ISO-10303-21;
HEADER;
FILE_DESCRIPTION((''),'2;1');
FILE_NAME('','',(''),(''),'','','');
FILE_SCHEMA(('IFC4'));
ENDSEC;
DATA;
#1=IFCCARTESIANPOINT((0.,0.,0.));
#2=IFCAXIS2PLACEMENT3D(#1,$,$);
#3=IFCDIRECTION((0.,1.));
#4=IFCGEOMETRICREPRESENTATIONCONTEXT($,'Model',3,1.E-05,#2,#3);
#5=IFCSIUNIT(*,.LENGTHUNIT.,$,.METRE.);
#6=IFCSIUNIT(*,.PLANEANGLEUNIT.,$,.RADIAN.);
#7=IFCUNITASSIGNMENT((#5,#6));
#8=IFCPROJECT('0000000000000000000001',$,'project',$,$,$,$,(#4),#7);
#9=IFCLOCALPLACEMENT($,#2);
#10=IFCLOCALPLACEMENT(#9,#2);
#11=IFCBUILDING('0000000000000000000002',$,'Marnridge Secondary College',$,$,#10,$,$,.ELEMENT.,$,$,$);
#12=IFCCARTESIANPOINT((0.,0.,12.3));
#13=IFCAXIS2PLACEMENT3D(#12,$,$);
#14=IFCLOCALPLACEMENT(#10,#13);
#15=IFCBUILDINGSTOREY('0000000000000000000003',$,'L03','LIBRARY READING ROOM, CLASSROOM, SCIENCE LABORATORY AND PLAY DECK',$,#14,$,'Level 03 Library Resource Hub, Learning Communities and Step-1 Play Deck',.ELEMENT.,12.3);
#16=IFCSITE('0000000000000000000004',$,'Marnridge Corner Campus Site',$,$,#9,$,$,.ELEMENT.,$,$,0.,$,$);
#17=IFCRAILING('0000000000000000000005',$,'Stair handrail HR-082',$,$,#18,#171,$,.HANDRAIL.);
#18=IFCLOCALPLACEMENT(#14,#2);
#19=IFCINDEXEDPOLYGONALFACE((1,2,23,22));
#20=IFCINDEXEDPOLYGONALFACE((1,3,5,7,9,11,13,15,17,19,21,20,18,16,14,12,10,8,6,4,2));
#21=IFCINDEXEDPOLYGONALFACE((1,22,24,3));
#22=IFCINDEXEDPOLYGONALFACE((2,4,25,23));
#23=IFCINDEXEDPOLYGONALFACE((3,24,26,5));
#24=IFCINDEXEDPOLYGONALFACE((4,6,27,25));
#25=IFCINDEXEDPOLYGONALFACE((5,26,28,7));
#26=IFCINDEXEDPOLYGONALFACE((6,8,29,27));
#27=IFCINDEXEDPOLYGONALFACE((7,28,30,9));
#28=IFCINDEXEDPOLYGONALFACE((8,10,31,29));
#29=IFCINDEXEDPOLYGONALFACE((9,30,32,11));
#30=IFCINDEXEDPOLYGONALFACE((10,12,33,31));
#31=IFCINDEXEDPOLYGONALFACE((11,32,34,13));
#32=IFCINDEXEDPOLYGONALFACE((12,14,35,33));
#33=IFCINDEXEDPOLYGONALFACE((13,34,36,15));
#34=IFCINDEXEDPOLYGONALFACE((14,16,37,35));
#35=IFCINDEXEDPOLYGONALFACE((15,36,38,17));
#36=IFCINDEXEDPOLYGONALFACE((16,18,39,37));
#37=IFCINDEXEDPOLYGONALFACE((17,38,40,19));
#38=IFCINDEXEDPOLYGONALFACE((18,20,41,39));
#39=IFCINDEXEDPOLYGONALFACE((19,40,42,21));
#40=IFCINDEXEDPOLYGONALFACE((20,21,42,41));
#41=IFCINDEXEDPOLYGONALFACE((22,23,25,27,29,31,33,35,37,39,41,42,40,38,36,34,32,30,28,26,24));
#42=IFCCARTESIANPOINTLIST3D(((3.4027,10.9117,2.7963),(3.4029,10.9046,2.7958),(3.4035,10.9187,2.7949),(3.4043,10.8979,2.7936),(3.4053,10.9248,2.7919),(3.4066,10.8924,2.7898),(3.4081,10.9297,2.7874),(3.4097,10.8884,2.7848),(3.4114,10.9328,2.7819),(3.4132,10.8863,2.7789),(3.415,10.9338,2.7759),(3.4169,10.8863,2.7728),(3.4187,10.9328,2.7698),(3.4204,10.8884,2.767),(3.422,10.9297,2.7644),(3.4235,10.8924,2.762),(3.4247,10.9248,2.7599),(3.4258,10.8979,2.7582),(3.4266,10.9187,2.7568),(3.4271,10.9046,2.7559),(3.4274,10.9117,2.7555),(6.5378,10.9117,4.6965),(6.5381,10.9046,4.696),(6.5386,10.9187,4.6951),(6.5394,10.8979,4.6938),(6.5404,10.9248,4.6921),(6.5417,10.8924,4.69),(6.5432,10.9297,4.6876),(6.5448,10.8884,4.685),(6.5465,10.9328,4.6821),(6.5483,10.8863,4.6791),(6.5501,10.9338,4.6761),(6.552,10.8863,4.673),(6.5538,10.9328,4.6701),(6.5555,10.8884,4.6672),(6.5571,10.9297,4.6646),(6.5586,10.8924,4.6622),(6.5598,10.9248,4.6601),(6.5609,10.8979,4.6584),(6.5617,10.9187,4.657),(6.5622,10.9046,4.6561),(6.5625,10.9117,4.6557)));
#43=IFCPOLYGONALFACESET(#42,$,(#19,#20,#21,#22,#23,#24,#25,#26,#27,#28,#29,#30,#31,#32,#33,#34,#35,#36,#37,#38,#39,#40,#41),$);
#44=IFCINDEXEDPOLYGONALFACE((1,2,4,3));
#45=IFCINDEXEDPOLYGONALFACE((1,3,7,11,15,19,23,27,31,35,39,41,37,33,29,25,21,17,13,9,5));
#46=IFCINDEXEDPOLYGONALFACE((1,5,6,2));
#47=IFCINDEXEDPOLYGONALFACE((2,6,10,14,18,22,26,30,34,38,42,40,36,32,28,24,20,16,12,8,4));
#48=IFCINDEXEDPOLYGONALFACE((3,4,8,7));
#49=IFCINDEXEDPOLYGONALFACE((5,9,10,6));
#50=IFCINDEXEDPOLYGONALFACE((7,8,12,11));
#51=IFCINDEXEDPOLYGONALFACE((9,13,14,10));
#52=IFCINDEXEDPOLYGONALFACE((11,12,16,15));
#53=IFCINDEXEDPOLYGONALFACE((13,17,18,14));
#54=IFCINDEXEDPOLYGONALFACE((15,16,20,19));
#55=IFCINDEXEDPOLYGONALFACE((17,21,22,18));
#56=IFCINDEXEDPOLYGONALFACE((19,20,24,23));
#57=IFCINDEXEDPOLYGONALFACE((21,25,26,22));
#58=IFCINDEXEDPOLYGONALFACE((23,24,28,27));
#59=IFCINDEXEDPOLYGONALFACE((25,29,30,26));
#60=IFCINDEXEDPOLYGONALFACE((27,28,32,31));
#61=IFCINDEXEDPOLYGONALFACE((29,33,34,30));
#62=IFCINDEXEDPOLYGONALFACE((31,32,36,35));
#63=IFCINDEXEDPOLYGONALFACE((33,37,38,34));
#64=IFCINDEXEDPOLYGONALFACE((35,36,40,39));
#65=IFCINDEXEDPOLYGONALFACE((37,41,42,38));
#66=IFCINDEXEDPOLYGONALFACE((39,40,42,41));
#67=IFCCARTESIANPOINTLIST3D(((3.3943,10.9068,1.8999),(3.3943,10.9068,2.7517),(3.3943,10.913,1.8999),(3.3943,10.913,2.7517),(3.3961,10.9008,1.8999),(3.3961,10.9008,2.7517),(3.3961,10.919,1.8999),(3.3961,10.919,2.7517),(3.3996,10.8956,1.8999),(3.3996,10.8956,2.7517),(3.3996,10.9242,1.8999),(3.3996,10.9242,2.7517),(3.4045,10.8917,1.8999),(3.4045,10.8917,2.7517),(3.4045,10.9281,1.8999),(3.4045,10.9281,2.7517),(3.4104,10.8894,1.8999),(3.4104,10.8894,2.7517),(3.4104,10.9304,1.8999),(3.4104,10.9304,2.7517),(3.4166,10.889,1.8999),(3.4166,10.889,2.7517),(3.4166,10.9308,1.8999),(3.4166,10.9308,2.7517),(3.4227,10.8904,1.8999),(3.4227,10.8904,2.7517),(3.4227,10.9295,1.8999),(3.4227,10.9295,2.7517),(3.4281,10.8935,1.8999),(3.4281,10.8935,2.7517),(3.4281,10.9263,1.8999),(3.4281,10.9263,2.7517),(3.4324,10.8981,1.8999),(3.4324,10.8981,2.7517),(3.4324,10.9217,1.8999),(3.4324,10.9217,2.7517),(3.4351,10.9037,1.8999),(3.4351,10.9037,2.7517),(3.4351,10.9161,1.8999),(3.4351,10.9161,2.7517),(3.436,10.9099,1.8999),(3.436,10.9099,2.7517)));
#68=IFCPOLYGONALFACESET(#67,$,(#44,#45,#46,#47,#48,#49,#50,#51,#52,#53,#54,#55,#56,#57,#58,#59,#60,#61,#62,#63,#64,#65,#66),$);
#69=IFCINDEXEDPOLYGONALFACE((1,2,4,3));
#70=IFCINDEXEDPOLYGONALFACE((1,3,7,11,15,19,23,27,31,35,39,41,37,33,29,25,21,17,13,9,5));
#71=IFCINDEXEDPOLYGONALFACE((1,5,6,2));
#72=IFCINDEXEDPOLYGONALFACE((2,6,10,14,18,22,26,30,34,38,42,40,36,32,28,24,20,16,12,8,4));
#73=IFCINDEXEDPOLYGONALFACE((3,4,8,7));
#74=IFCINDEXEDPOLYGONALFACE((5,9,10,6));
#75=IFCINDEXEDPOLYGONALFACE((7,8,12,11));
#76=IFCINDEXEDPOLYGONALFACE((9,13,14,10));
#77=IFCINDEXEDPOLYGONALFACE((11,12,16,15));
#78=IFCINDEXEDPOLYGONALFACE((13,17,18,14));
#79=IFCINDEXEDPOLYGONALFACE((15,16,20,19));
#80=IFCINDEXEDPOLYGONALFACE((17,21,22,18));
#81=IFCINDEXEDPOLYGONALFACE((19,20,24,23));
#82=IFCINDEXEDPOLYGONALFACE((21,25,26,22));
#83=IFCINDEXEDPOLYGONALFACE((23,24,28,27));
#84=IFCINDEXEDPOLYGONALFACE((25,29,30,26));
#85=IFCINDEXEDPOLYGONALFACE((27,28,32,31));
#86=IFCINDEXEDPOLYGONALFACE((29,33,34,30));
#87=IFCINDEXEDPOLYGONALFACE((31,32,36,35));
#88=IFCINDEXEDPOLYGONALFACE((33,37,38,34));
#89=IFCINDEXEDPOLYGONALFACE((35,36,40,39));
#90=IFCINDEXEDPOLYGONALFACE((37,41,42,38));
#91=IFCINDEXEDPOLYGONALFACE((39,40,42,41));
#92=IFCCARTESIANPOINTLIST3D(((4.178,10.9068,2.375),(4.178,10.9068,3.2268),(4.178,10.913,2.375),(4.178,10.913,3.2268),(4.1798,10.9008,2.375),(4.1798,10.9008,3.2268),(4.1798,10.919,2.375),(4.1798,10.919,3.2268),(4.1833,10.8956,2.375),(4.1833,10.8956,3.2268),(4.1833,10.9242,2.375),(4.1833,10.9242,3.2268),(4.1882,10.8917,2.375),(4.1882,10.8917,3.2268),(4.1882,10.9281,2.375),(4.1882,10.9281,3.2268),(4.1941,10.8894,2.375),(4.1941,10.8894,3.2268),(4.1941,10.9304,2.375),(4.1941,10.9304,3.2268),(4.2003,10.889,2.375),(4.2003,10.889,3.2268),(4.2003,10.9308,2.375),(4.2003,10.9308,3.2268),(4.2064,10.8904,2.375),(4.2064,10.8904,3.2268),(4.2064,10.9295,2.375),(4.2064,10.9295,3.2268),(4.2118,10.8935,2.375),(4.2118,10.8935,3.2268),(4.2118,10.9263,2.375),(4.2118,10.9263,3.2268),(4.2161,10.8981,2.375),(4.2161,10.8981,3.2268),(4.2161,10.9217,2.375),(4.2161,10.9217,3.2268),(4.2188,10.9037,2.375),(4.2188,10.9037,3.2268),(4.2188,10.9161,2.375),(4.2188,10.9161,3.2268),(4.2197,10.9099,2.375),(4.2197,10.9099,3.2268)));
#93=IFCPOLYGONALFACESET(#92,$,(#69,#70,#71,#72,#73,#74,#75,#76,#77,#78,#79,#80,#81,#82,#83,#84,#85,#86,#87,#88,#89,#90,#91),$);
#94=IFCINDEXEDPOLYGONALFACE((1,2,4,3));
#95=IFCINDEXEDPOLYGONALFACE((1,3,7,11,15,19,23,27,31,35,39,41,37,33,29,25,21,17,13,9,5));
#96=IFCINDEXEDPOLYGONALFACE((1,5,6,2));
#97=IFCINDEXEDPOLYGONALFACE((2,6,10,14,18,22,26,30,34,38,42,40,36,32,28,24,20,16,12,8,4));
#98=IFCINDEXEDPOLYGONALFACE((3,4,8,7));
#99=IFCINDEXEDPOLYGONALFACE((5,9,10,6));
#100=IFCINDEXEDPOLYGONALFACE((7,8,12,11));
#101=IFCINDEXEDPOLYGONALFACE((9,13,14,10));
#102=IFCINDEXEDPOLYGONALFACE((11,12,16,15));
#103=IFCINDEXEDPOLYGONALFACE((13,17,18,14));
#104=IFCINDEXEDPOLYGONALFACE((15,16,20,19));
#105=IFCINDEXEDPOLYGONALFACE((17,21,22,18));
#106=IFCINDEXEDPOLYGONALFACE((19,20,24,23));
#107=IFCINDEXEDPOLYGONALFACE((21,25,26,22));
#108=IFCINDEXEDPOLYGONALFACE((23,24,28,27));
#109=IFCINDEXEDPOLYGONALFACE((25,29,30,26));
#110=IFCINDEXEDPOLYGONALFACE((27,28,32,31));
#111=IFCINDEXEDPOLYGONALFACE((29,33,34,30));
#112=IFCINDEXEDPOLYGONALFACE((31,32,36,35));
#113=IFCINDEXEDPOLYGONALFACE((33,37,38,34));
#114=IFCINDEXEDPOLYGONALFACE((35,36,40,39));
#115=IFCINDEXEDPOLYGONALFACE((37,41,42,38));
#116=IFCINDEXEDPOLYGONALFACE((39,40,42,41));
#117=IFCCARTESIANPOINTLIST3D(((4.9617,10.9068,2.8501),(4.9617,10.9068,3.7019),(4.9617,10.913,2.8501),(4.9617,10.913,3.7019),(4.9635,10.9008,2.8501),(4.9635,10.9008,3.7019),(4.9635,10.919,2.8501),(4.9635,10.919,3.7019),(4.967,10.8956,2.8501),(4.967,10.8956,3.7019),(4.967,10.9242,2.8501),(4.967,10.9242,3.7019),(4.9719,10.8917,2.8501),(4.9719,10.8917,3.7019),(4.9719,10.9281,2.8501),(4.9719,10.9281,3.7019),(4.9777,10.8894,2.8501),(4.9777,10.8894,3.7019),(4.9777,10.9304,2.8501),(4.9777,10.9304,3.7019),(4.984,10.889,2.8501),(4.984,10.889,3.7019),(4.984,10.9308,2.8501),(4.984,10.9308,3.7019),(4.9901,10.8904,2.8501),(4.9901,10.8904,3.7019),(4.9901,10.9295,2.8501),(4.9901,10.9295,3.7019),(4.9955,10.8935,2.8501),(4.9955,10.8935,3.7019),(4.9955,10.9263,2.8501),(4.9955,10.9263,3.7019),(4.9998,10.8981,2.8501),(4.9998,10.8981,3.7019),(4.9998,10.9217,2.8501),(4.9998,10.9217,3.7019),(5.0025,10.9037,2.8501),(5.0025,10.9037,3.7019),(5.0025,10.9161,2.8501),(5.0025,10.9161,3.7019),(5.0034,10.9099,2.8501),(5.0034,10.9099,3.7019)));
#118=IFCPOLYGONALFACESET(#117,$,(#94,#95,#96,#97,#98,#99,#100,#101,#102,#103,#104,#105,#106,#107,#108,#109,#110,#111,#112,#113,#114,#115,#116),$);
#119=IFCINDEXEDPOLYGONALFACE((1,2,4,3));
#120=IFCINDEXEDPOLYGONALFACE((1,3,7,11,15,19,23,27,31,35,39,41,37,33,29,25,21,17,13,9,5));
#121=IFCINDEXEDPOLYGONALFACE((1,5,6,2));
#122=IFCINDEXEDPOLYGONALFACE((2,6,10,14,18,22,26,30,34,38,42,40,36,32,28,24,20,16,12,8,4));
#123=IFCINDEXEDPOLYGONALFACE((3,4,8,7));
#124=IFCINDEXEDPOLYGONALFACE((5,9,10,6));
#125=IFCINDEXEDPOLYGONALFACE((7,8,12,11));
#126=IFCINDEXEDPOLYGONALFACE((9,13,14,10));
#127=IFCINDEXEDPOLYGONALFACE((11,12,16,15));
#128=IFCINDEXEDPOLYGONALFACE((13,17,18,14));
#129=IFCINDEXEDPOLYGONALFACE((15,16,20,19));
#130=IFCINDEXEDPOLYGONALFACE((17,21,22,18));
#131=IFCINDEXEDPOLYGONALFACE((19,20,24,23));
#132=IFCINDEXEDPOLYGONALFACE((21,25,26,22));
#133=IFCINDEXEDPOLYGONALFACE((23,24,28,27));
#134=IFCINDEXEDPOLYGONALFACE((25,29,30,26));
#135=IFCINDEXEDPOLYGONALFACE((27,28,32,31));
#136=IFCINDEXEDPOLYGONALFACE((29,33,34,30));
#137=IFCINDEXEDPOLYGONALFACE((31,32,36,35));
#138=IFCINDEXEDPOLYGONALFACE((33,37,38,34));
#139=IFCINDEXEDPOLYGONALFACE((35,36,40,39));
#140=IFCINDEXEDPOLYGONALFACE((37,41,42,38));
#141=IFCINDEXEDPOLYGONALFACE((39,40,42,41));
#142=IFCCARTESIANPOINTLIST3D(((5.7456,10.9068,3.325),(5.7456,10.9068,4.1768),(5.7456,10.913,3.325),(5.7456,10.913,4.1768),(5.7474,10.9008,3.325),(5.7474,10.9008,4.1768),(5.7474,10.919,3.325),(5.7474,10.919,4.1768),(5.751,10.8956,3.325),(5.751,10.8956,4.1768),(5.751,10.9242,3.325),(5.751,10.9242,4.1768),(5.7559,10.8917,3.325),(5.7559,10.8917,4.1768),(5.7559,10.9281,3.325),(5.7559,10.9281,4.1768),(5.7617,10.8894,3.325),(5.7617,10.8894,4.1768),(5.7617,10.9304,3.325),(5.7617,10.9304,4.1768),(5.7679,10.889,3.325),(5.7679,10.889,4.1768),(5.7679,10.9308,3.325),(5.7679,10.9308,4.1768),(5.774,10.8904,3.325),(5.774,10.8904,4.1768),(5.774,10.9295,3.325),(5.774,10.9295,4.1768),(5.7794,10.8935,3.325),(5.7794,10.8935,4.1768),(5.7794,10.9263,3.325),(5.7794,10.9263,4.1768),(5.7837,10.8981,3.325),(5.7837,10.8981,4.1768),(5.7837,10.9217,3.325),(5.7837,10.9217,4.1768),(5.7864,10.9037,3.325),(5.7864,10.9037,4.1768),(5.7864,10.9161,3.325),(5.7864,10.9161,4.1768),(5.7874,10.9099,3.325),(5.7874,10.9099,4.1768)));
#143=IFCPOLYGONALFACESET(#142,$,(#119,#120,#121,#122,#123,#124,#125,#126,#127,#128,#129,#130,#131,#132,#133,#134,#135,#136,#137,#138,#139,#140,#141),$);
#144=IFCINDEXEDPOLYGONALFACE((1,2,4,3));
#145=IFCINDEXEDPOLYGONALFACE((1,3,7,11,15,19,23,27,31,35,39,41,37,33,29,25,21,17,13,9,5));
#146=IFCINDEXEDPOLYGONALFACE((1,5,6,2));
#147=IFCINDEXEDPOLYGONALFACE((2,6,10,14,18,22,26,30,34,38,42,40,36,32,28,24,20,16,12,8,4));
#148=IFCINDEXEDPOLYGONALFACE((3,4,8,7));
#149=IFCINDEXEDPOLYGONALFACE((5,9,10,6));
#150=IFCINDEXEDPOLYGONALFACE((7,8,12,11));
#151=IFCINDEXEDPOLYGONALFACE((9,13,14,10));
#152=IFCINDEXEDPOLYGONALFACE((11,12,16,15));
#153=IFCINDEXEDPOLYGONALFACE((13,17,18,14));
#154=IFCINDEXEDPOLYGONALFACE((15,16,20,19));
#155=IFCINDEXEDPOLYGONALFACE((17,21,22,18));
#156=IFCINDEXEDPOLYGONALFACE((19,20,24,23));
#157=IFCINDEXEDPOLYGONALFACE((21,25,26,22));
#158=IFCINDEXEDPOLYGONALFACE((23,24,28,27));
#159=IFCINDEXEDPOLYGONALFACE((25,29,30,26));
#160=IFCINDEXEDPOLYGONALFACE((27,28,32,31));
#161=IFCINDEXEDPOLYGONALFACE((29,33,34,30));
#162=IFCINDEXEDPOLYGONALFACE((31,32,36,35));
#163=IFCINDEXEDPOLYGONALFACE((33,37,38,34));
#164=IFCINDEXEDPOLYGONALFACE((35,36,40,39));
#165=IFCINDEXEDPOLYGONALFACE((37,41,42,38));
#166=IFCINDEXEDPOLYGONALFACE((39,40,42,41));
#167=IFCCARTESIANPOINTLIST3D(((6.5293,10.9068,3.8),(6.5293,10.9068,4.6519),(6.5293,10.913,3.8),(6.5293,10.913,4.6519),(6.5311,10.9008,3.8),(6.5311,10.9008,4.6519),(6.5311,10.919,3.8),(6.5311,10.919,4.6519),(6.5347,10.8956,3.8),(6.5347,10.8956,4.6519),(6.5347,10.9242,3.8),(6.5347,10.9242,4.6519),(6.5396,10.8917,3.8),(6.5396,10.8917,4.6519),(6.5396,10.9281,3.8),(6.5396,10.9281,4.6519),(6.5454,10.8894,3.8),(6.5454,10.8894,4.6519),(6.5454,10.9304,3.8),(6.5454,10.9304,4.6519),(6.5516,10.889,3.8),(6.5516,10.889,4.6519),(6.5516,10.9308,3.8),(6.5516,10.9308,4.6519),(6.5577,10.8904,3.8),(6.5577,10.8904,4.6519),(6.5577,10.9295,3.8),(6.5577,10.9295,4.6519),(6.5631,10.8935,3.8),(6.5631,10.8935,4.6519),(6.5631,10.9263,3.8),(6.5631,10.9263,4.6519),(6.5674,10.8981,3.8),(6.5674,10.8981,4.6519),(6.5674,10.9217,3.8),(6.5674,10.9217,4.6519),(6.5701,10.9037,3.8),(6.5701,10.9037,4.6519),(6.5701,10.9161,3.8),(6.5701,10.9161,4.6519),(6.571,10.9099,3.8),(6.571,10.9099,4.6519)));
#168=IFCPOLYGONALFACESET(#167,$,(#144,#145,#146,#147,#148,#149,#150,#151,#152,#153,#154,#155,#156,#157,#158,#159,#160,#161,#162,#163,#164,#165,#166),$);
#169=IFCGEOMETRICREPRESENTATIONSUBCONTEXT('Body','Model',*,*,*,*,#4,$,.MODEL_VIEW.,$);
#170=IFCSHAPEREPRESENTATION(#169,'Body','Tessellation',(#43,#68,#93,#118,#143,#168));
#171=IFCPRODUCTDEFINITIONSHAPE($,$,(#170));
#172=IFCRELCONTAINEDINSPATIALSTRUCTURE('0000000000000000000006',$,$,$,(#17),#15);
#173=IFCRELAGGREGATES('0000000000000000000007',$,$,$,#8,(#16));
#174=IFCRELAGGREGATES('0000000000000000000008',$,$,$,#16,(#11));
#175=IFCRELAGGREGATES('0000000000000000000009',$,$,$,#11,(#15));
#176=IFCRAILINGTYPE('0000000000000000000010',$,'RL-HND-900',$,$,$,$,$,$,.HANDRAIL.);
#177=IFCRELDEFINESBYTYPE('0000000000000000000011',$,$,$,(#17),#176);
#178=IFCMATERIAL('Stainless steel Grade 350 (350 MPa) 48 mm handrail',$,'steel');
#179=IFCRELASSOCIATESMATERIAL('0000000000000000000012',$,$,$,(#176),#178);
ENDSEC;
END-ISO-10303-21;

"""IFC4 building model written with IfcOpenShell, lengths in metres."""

from ifc_helpers import new_model, si_unit, direction, frame, origin, origin_2d, place, context, subcontext, project, spatial, circle, extrude, material, type_object, element, save


model = new_model("IFC4")

# Units and contexts
model_context = context("Model", 3, precision=1e-05, world=origin(), true_north=direction((0.0, 1.0)))
body_context = subcontext(model_context, "Body", "Model", "MODEL_VIEW")
ifc_project = project(units=[si_unit("LENGTHUNIT", "METRE"), si_unit("PLANEANGLEUNIT", "RADIAN")], contexts=[model_context])

# Site, building, storey
site_placement = place(None, origin())
site = spatial("IfcSite", under=ifc_project, at=site_placement, Name="Marnridge Corner Campus Site", CompositionType="ELEMENT", RefElevation=0.0)
building_placement = place(site_placement, origin())
building = spatial("IfcBuilding", under=site, at=building_placement, Name="Marnridge Secondary College", CompositionType="ELEMENT")
storey_placement = place(building_placement, frame((0.0, 0.0, 12.3)))
storey = spatial("IfcBuildingStorey", under=building, at=storey_placement, Name="L03", Description="LIBRARY READING ROOM, CLASSROOM, SCIENCE LABORATORY AND PLAY DECK", LongName="Level 03 Library Resource Hub, Learning Communities and Step-1 Play Deck", CompositionType="ELEMENT", Elevation=12.3)

# Railing
ifc_material_1 = material(Name="Stainless steel Grade 350 (350 MPa) 48 mm handrail", Category="steel")
railing_type_1 = type_object("IfcRailingType", Name="RL-HND-900", PredefinedType="HANDRAIL", material=ifc_material_1)
railing_1_placement = place(storey_placement, frame((3.415, 10.9099, 1.8999)))
element("IfcRailing", 1, at=railing_1_placement, inside=storey, type_object=railing_type_1, Name="Stair handrail HR-082", PredefinedType="HANDRAIL", context=body_context, shape_type="SweptSolid", body=[
    extrude(circle(Radius=0.0239, at=origin_2d()), frame((0.0, 0.0, 0.876), z_axis=(0.855181, 0.0, 0.51833), x_axis=(0.0, 1.0, 0.0)), (0.0, 0.0, 1.0), 3.666),
    extrude(circle(Radius=0.021, at=origin_2d()), origin(), (0.0, 0.0, 1.0), 0.8518),
    extrude(circle(Radius=0.021, at=origin_2d()), frame((0.7837, 0.0, 0.4751)), (0.0, 0.0, 1.0), 0.8518),
    extrude(circle(Radius=0.021, at=origin_2d()), frame((1.5674, 0.0, 0.9502)), (0.0, 0.0, 1.0), 0.8518),
    extrude(circle(Radius=0.021, at=origin_2d()), frame((2.3513, 0.0, 1.425)), (0.0, 0.0, 1.0), 0.8518),
    extrude(circle(Radius=0.021, at=origin_2d()), frame((3.135, 0.0, 1.9001)), (0.0, 0.0, 1.0), 0.8518),
])

save(model, "model.ifc")
